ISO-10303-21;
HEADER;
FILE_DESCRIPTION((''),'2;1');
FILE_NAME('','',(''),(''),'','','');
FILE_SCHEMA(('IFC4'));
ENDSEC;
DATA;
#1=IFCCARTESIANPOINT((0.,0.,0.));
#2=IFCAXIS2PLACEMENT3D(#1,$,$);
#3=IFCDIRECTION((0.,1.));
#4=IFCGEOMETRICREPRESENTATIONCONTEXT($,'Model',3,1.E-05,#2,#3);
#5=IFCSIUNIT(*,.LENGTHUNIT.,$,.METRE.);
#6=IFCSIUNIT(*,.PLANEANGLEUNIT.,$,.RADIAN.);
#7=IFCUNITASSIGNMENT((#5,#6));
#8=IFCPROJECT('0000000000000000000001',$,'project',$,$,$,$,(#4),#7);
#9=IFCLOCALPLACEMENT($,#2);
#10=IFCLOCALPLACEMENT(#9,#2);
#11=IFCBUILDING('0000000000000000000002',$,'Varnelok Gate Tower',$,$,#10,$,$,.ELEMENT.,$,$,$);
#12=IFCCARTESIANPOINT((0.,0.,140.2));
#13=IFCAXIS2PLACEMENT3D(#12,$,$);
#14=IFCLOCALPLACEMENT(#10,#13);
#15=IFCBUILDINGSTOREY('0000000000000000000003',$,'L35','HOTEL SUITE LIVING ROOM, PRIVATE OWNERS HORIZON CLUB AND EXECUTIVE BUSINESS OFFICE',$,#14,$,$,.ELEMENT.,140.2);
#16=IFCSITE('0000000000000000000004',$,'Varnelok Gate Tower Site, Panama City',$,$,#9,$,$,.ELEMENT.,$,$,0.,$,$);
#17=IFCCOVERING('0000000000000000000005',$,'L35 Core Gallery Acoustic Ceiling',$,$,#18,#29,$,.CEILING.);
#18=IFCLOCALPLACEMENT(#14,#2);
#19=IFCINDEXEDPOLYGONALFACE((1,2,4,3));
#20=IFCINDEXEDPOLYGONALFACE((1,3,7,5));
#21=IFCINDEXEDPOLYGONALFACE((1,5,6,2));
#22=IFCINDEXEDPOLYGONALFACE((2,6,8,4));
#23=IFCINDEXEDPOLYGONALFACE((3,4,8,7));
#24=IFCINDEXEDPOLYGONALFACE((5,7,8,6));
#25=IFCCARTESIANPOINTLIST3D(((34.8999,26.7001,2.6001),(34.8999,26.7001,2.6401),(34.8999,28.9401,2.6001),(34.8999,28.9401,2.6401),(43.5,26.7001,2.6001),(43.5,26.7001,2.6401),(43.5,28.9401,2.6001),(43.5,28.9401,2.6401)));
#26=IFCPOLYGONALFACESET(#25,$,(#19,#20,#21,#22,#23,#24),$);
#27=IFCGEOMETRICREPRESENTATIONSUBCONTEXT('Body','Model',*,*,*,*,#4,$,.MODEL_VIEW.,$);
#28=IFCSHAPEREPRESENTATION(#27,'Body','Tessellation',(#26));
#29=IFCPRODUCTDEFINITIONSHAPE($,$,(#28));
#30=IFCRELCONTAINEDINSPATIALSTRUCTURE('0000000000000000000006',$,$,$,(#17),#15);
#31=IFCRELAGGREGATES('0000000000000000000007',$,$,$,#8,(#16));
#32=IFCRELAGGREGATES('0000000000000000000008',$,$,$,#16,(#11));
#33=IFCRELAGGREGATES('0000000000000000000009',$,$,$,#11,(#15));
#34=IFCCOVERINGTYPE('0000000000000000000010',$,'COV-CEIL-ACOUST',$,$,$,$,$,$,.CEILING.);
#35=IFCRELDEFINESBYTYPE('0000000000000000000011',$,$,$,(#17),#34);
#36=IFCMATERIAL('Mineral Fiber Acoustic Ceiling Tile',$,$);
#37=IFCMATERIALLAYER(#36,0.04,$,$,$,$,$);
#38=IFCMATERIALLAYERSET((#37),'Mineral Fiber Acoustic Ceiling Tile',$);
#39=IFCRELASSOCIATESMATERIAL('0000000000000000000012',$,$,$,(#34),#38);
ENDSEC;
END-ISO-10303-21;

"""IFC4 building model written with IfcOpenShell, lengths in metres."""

from ifc_helpers import new_model, si_unit, direction, frame, origin, origin_2d, place, context, subcontext, project, spatial, rectangle, extrude, source, transform, mapped, material, layer, layer_set, type_object, element, save


model = new_model("IFC4")

# Units and contexts
model_context = context("Model", 3, precision=1e-05, world=origin(), true_north=direction((0.0, 1.0)))
body_context = subcontext(model_context, "Body", "Model", "MODEL_VIEW")
ifc_project = project(units=[si_unit("LENGTHUNIT", "METRE"), si_unit("PLANEANGLEUNIT", "RADIAN")], contexts=[model_context])

# Site, building, storey
site_placement = place(None, origin())
site = spatial("IfcSite", under=ifc_project, at=site_placement, Name="Varnelok Gate Tower Site, Panama City", CompositionType="ELEMENT", RefElevation=0.0)
building_placement = place(site_placement, origin())
building = spatial("IfcBuilding", under=site, at=building_placement, Name="Varnelok Gate Tower", CompositionType="ELEMENT")
storey_placement = place(building_placement, frame((0.0, 0.0, 140.2)))
storey = spatial("IfcBuildingStorey", under=building, at=storey_placement, Name="L35", Description="HOTEL SUITE LIVING ROOM, PRIVATE OWNERS HORIZON CLUB AND EXECUTIVE BUSINESS OFFICE", CompositionType="ELEMENT", Elevation=140.2)

# Covering
ifc_material_1 = material(Name="Mineral Fiber Acoustic Ceiling Tile")
ifc_layer_1 = layer(ifc_material_1, 0.04)
ifc_layer_set_1 = layer_set([ifc_layer_1], Name="Mineral Fiber Acoustic Ceiling Tile")
covering_type_1 = type_object("IfcCoveringType", Name="COV-CEIL-ACOUST", PredefinedType="CEILING", material=ifc_layer_set_1)
shared_shape_1 = source(origin(), body_context, "Body", "SweptSolid", [
    extrude(rectangle(XDim=8.6001, YDim=2.24, at=origin_2d()), origin(), (0.0, 0.0, 1.0), 0.04),
])
covering_1_placement = place(storey_placement, frame((39.2, 27.8201, 2.6001), z_axis=(0.0, 0.0, 1.0), x_axis=(1.0, 0.0, 0.0)))
element("IfcCovering", 1, at=covering_1_placement, inside=storey, type_object=covering_type_1, Name="L35 Core Gallery Acoustic Ceiling", PredefinedType="CEILING", context=body_context, shape_type="MappedRepresentation", body=[
    mapped(shared_shape_1, transform((0.0, 0.0, 0.0), scale=1.0)),
])

save(model, "model.ifc")
